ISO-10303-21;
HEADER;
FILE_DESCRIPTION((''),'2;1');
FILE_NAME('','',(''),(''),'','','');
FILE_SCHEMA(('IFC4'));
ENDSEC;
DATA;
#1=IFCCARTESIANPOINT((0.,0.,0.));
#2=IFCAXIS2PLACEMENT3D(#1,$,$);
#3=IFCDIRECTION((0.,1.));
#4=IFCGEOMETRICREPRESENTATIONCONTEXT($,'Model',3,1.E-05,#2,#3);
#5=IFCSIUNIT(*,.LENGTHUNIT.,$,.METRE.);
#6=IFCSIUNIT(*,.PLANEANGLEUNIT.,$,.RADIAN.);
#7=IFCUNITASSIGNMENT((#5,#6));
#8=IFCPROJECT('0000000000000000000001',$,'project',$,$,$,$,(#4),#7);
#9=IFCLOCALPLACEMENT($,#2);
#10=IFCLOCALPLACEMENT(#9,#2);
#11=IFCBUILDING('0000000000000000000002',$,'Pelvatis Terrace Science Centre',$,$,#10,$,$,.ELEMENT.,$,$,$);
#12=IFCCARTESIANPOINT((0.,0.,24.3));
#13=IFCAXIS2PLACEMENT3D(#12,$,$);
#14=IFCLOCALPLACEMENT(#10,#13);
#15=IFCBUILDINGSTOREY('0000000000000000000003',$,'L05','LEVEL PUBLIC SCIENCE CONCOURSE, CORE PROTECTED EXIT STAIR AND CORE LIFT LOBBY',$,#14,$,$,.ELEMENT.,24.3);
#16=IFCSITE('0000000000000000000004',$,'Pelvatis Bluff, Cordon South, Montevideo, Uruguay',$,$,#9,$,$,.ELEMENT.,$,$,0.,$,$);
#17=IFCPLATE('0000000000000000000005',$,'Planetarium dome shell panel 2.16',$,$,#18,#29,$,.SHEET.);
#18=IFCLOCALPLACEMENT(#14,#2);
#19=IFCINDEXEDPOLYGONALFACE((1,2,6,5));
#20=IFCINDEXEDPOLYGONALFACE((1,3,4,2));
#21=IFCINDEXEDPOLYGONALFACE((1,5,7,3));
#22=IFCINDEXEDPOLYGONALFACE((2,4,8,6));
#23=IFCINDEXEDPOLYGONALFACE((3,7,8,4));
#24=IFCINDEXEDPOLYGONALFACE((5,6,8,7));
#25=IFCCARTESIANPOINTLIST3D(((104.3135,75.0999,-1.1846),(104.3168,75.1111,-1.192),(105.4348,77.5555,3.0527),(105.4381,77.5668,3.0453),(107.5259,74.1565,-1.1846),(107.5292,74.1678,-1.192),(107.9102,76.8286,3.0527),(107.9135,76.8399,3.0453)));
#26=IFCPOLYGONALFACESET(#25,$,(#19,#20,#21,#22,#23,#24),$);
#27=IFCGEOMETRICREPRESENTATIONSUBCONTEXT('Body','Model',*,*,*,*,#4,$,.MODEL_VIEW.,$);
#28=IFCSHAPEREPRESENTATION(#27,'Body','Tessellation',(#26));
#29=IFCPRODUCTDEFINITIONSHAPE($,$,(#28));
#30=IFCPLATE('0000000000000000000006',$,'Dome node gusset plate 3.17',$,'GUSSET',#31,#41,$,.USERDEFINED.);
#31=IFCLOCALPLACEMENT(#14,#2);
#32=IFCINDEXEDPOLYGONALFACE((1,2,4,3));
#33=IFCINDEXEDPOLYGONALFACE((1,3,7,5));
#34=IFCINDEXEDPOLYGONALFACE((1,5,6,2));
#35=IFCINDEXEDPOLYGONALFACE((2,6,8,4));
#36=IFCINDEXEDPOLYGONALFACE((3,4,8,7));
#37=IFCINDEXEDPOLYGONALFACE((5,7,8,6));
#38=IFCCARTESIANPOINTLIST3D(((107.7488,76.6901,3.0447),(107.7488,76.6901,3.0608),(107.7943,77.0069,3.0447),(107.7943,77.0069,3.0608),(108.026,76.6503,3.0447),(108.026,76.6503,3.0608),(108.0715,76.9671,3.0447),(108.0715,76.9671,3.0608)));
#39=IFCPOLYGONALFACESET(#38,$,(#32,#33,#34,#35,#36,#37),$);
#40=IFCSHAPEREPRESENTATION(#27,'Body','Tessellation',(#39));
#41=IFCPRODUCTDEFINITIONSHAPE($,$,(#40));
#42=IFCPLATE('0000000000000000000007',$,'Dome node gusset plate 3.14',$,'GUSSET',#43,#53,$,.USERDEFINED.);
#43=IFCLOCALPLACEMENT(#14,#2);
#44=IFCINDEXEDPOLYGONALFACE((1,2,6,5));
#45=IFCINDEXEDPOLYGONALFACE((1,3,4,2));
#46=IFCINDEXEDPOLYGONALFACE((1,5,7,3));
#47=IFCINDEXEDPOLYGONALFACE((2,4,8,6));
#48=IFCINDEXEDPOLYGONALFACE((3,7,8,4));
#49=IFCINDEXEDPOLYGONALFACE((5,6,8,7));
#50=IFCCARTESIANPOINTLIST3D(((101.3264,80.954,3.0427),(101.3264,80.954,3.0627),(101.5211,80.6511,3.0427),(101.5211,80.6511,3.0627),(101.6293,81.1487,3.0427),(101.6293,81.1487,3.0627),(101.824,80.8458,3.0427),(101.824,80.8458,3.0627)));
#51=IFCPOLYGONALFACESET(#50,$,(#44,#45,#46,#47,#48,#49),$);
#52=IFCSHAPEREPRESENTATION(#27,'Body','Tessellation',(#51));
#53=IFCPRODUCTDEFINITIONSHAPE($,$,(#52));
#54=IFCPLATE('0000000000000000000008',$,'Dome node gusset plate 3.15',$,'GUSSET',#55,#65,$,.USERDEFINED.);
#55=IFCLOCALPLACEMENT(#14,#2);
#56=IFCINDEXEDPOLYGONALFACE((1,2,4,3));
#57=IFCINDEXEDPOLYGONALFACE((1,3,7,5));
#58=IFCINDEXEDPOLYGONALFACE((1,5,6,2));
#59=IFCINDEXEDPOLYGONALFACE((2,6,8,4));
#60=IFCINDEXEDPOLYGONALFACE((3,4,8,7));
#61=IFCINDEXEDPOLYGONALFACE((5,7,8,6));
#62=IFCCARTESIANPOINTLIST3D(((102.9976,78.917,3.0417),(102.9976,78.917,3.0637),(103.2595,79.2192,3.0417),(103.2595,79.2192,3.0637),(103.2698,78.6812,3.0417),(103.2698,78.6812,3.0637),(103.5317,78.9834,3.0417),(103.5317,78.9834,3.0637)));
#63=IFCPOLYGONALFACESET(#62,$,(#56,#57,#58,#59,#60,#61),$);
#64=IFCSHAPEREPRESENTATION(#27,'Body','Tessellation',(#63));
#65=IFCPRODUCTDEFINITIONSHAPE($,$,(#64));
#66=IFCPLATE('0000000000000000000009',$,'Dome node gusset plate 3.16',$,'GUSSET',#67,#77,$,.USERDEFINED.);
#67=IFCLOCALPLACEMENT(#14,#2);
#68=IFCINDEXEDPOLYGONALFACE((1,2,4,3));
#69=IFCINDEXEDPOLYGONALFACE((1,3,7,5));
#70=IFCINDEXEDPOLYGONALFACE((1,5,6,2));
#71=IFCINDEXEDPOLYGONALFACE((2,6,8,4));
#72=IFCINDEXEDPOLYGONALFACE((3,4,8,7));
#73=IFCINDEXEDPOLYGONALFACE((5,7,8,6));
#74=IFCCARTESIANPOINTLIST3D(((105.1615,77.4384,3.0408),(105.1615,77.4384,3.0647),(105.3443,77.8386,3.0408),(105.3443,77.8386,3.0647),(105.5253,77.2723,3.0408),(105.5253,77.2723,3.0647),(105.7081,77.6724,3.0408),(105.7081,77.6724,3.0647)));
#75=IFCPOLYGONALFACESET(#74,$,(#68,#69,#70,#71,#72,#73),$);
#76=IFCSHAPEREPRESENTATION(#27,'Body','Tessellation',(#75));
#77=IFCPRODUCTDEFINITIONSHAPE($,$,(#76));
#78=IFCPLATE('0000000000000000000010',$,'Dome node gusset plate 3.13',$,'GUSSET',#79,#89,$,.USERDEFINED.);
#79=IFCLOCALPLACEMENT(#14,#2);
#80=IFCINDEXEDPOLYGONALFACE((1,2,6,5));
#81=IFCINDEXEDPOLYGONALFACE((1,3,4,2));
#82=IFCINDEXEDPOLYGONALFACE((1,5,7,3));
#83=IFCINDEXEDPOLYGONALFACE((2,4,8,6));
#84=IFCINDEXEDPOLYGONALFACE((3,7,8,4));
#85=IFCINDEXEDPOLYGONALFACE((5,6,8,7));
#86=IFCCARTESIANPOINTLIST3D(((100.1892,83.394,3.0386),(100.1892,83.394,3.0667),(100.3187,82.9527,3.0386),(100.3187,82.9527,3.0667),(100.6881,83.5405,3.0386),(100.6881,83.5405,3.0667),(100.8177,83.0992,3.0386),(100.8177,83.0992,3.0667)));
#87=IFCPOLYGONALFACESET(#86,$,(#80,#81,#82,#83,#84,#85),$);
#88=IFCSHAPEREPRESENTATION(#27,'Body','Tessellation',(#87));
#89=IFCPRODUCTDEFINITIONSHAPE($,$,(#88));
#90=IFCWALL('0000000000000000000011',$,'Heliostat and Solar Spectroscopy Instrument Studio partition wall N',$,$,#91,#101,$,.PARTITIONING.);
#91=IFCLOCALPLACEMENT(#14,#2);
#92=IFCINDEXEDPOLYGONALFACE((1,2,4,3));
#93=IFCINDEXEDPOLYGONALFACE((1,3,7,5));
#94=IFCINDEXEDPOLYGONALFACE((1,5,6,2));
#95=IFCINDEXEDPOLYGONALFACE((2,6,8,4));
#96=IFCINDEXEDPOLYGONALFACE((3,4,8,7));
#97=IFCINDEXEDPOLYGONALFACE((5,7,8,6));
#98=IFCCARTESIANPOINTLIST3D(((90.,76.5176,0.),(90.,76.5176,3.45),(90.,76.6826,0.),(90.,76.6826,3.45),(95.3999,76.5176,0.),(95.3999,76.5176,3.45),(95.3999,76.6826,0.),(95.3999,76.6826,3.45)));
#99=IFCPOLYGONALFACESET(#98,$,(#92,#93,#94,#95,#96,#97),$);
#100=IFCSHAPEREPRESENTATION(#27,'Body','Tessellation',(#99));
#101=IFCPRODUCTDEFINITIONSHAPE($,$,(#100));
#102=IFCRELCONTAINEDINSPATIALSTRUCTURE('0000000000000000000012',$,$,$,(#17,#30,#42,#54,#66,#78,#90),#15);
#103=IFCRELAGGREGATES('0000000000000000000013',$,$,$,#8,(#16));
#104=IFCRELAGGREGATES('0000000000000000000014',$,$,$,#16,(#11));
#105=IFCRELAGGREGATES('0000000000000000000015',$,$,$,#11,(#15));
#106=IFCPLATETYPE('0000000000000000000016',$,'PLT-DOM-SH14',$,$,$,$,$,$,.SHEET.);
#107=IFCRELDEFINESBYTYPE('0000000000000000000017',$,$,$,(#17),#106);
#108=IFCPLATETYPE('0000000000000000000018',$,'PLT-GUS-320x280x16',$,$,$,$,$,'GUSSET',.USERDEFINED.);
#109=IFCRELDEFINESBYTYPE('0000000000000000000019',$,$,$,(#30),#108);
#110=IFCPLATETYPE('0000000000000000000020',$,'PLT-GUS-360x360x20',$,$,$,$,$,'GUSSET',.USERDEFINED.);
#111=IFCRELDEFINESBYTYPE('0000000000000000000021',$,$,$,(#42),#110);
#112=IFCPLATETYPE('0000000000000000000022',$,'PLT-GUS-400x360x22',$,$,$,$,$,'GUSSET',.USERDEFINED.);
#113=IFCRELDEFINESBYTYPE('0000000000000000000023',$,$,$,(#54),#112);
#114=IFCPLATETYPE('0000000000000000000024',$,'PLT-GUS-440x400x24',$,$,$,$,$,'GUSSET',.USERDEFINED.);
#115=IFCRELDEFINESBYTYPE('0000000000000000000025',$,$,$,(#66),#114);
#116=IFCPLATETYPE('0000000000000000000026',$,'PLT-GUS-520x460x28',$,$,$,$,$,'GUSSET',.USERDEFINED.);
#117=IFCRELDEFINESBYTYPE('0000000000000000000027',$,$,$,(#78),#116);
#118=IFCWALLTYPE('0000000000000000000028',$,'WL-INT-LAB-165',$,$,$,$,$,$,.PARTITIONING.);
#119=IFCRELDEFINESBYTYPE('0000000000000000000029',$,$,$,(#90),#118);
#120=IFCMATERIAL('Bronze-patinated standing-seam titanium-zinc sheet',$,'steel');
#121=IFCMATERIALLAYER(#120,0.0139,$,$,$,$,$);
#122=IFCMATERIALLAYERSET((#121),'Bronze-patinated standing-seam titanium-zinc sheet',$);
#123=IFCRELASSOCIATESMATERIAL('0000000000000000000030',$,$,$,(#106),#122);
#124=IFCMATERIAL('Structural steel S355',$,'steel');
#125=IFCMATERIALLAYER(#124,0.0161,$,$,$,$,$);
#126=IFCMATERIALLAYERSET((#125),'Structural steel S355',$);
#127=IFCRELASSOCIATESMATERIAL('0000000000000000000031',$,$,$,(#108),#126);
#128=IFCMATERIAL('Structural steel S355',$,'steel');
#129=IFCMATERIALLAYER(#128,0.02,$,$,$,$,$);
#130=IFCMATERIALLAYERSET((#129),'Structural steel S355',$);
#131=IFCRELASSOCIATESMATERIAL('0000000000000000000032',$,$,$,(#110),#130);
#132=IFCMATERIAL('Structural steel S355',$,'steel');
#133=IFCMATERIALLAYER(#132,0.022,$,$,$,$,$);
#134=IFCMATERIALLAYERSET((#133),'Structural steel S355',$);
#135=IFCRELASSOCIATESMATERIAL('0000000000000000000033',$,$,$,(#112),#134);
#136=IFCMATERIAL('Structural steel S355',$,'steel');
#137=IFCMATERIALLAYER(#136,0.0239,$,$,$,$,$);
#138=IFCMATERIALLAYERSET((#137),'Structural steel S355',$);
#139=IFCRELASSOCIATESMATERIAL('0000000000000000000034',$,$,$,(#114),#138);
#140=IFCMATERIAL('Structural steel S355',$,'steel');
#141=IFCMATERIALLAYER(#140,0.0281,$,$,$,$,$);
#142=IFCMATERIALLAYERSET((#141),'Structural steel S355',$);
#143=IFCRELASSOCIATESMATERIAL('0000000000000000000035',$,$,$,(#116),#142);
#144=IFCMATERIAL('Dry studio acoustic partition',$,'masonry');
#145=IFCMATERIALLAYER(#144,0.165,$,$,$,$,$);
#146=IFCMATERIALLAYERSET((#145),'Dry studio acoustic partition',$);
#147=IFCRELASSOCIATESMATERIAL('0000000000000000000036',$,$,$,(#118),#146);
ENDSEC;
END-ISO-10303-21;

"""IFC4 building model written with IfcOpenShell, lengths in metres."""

from ifc_helpers import new_model, si_unit, direction, frame, frame_2d, origin, origin_2d, place, context, subcontext, project, spatial, polyline, rectangle, outline, extrude, material, layer, layer_set, type_object, element, save


model = new_model("IFC4")

# Units and contexts
model_context = context("Model", 3, precision=1e-05, world=origin(), true_north=direction((0.0, 1.0)))
body_context = subcontext(model_context, "Body", "Model", "MODEL_VIEW")
ifc_project = project(units=[si_unit("LENGTHUNIT", "METRE"), si_unit("PLANEANGLEUNIT", "RADIAN")], contexts=[model_context])

# Site, building, storey
site_placement = place(None, origin())
site = spatial("IfcSite", under=ifc_project, at=site_placement, Name="Pelvatis Bluff, Cordon South, Montevideo, Uruguay", CompositionType="ELEMENT", RefElevation=0.0)
building_placement = place(site_placement, origin())
building = spatial("IfcBuilding", under=site, at=building_placement, Name="Pelvatis Terrace Science Centre", CompositionType="ELEMENT")
storey_placement = place(building_placement, frame((0.0, 0.0, 24.3)))
storey = spatial("IfcBuildingStorey", under=building, at=storey_placement, Name="L05", Description="LEVEL PUBLIC SCIENCE CONCOURSE, CORE PROTECTED EXIT STAIR AND CORE LIFT LOBBY", CompositionType="ELEMENT", Elevation=24.3)

# Plates
ifc_material_1 = material(Name="Bronze-patinated standing-seam titanium-zinc sheet", Category="steel")
ifc_layer_1 = layer(ifc_material_1, 0.0139)
ifc_layer_set_1 = layer_set([ifc_layer_1], Name="Bronze-patinated standing-seam titanium-zinc sheet")
plate_type_1 = type_object("IfcPlateType", Name="PLT-DOM-SH14", PredefinedType="SHEET", material=ifc_layer_set_1)
plate_1_placement = place(storey_placement, frame((104.3135, 75.0999, -1.1846), z_axis=(-0.238318, -0.811593, 0.533406), x_axis=(0.959487, -0.281752, -0.000008)))
element("IfcPlate", 1, at=plate_1_placement, inside=storey, type_object=plate_type_1, Name="Planetarium dome shell panel 2.16", PredefinedType="SHEET", context=body_context, shape_type="SweptSolid", body=[
    extrude(outline(polyline([(0.0, 0.0), (3.3481, 0.0), (2.9639, 5.0095), (0.384, 5.0094), (0.0, 0.0)])), origin(), (0.0, 0.0, -1.0), 0.0139),
])
ifc_material_2 = material(Name="Structural steel S355", Category="steel")
ifc_layer_2 = layer(ifc_material_2, 0.0161)
ifc_layer_set_2 = layer_set([ifc_layer_2], Name="Structural steel S355")
plate_type_2 = type_object("IfcPlateType", Name="PLT-GUS-320x280x16", ElementType="GUSSET", PredefinedType="USERDEFINED", material=ifc_layer_set_2)
plate_2_placement = place(storey_placement, frame((107.9102, 76.8286, 3.0447), z_axis=(0.0, 0.0, 1.0), x_axis=(-0.142283, -0.989826, 0.0)))
element("IfcPlate", 2, at=plate_2_placement, inside=storey, type_object=plate_type_2, Name="Dome node gusset plate 3.17", ObjectType="GUSSET", PredefinedType="USERDEFINED", context=body_context, shape_type="SweptSolid", body=[
    extrude(rectangle(XDim=0.3201, YDim=0.28, at=origin_2d()), origin(), (0.0, 0.0, 1.0), 0.0161),
])
ifc_material_3 = material(Name="Structural steel S355", Category="steel")
ifc_layer_3 = layer(ifc_material_3, 0.02)
ifc_layer_set_3 = layer_set([ifc_layer_3], Name="Structural steel S355")
plate_type_3 = type_object("IfcPlateType", Name="PLT-GUS-360x360x20", ElementType="GUSSET", PredefinedType="USERDEFINED", material=ifc_layer_set_3)
plate_3_placement = place(storey_placement, frame((101.5752, 80.8999, 3.0427), z_axis=(0.0, 0.0, 1.0), x_axis=(-0.841228, -0.540681, 0.0)))
element("IfcPlate", 3, at=plate_3_placement, inside=storey, type_object=plate_type_3, Name="Dome node gusset plate 3.14", ObjectType="GUSSET", PredefinedType="USERDEFINED", context=body_context, shape_type="SweptSolid", body=[
    extrude(rectangle(XDim=0.3601, YDim=0.3601, at=origin_2d()), origin(), (0.0, 0.0, 1.0), 0.02),
])
ifc_material_4 = material(Name="Structural steel S355", Category="steel")
ifc_layer_4 = layer(ifc_material_4, 0.022)
ifc_layer_set_4 = layer_set([ifc_layer_4], Name="Structural steel S355")
plate_type_4 = type_object("IfcPlateType", Name="PLT-GUS-400x360x22", ElementType="GUSSET", PredefinedType="USERDEFINED", material=ifc_layer_set_4)
plate_4_placement = place(storey_placement, frame((103.2646, 78.9502, 3.0417), z_axis=(0.0, 0.0, 1.0), x_axis=(-0.654873, -0.755739, 0.0)))
element("IfcPlate", 4, at=plate_4_placement, inside=storey, type_object=plate_type_4, Name="Dome node gusset plate 3.15", ObjectType="GUSSET", PredefinedType="USERDEFINED", context=body_context, shape_type="SweptSolid", body=[
    extrude(rectangle(XDim=0.3999, YDim=0.3601, at=origin_2d()), origin(), (0.0, 0.0, 1.0), 0.022),
])
ifc_material_5 = material(Name="Structural steel S355", Category="steel")
ifc_layer_5 = layer(ifc_material_5, 0.0239)
ifc_layer_set_5 = layer_set([ifc_layer_5], Name="Structural steel S355")
plate_type_5 = type_object("IfcPlateType", Name="PLT-GUS-440x400x24", ElementType="GUSSET", PredefinedType="USERDEFINED", material=ifc_layer_set_5)
plate_5_placement = place(storey_placement, frame((105.4348, 77.5554, 3.0408), z_axis=(0.0, 0.0, 1.0), x_axis=(-0.415487, -0.909599, 0.0)))
element("IfcPlate", 5, at=plate_5_placement, inside=storey, type_object=plate_type_5, Name="Dome node gusset plate 3.16", ObjectType="GUSSET", PredefinedType="USERDEFINED", context=body_context, shape_type="SweptSolid", body=[
    extrude(rectangle(XDim=0.4399, YDim=0.3999, at=origin_2d()), origin(), (0.0, 0.0, 1.0), 0.0239),
])
ifc_material_6 = material(Name="Structural steel S355", Category="steel")
ifc_layer_6 = layer(ifc_material_6, 0.0281)
ifc_layer_set_6 = layer_set([ifc_layer_6], Name="Structural steel S355")
plate_type_6 = type_object("IfcPlateType", Name="PLT-GUS-520x460x28", ElementType="GUSSET", PredefinedType="USERDEFINED", material=ifc_layer_set_6)
plate_6_placement = place(storey_placement, frame((100.5034, 83.2466, 3.0386), z_axis=(0.0, 0.0, 1.0), x_axis=(-0.959511, -0.281672, 0.0)))
element("IfcPlate", 6, at=plate_6_placement, inside=storey, type_object=plate_type_6, Name="Dome node gusset plate 3.13", ObjectType="GUSSET", PredefinedType="USERDEFINED", context=body_context, shape_type="SweptSolid", body=[
    extrude(rectangle(XDim=0.52, YDim=0.46, at=origin_2d()), origin(), (0.0, 0.0, 1.0), 0.0281),
])

# Wall
ifc_material_7 = material(Name="Dry studio acoustic partition", Category="masonry")
ifc_layer_7 = layer(ifc_material_7, 0.165)
ifc_layer_set_7 = layer_set([ifc_layer_7], Name="Dry studio acoustic partition")
wall_type = type_object("IfcWallType", Name="WL-INT-LAB-165", PredefinedType="PARTITIONING", material=ifc_layer_set_7)
wall_placement = place(storey_placement, frame((95.3999, 76.6001, 0.0), z_axis=(0.0, 0.0, 1.0), x_axis=(-1.0, 0.0, 0.0)))
element("IfcWall", 7, at=wall_placement, inside=storey, type_object=wall_type, Name="Heliostat and Solar Spectroscopy Instrument Studio partition wall N", PredefinedType="PARTITIONING", context=body_context, shape_type="SweptSolid", body=[
    extrude(rectangle(XDim=5.3999, YDim=0.165, at=frame_2d((2.7, 0.0))), origin(), (0.0, 0.0, 1.0), 3.45),
])

save(model, "model.ifc")
